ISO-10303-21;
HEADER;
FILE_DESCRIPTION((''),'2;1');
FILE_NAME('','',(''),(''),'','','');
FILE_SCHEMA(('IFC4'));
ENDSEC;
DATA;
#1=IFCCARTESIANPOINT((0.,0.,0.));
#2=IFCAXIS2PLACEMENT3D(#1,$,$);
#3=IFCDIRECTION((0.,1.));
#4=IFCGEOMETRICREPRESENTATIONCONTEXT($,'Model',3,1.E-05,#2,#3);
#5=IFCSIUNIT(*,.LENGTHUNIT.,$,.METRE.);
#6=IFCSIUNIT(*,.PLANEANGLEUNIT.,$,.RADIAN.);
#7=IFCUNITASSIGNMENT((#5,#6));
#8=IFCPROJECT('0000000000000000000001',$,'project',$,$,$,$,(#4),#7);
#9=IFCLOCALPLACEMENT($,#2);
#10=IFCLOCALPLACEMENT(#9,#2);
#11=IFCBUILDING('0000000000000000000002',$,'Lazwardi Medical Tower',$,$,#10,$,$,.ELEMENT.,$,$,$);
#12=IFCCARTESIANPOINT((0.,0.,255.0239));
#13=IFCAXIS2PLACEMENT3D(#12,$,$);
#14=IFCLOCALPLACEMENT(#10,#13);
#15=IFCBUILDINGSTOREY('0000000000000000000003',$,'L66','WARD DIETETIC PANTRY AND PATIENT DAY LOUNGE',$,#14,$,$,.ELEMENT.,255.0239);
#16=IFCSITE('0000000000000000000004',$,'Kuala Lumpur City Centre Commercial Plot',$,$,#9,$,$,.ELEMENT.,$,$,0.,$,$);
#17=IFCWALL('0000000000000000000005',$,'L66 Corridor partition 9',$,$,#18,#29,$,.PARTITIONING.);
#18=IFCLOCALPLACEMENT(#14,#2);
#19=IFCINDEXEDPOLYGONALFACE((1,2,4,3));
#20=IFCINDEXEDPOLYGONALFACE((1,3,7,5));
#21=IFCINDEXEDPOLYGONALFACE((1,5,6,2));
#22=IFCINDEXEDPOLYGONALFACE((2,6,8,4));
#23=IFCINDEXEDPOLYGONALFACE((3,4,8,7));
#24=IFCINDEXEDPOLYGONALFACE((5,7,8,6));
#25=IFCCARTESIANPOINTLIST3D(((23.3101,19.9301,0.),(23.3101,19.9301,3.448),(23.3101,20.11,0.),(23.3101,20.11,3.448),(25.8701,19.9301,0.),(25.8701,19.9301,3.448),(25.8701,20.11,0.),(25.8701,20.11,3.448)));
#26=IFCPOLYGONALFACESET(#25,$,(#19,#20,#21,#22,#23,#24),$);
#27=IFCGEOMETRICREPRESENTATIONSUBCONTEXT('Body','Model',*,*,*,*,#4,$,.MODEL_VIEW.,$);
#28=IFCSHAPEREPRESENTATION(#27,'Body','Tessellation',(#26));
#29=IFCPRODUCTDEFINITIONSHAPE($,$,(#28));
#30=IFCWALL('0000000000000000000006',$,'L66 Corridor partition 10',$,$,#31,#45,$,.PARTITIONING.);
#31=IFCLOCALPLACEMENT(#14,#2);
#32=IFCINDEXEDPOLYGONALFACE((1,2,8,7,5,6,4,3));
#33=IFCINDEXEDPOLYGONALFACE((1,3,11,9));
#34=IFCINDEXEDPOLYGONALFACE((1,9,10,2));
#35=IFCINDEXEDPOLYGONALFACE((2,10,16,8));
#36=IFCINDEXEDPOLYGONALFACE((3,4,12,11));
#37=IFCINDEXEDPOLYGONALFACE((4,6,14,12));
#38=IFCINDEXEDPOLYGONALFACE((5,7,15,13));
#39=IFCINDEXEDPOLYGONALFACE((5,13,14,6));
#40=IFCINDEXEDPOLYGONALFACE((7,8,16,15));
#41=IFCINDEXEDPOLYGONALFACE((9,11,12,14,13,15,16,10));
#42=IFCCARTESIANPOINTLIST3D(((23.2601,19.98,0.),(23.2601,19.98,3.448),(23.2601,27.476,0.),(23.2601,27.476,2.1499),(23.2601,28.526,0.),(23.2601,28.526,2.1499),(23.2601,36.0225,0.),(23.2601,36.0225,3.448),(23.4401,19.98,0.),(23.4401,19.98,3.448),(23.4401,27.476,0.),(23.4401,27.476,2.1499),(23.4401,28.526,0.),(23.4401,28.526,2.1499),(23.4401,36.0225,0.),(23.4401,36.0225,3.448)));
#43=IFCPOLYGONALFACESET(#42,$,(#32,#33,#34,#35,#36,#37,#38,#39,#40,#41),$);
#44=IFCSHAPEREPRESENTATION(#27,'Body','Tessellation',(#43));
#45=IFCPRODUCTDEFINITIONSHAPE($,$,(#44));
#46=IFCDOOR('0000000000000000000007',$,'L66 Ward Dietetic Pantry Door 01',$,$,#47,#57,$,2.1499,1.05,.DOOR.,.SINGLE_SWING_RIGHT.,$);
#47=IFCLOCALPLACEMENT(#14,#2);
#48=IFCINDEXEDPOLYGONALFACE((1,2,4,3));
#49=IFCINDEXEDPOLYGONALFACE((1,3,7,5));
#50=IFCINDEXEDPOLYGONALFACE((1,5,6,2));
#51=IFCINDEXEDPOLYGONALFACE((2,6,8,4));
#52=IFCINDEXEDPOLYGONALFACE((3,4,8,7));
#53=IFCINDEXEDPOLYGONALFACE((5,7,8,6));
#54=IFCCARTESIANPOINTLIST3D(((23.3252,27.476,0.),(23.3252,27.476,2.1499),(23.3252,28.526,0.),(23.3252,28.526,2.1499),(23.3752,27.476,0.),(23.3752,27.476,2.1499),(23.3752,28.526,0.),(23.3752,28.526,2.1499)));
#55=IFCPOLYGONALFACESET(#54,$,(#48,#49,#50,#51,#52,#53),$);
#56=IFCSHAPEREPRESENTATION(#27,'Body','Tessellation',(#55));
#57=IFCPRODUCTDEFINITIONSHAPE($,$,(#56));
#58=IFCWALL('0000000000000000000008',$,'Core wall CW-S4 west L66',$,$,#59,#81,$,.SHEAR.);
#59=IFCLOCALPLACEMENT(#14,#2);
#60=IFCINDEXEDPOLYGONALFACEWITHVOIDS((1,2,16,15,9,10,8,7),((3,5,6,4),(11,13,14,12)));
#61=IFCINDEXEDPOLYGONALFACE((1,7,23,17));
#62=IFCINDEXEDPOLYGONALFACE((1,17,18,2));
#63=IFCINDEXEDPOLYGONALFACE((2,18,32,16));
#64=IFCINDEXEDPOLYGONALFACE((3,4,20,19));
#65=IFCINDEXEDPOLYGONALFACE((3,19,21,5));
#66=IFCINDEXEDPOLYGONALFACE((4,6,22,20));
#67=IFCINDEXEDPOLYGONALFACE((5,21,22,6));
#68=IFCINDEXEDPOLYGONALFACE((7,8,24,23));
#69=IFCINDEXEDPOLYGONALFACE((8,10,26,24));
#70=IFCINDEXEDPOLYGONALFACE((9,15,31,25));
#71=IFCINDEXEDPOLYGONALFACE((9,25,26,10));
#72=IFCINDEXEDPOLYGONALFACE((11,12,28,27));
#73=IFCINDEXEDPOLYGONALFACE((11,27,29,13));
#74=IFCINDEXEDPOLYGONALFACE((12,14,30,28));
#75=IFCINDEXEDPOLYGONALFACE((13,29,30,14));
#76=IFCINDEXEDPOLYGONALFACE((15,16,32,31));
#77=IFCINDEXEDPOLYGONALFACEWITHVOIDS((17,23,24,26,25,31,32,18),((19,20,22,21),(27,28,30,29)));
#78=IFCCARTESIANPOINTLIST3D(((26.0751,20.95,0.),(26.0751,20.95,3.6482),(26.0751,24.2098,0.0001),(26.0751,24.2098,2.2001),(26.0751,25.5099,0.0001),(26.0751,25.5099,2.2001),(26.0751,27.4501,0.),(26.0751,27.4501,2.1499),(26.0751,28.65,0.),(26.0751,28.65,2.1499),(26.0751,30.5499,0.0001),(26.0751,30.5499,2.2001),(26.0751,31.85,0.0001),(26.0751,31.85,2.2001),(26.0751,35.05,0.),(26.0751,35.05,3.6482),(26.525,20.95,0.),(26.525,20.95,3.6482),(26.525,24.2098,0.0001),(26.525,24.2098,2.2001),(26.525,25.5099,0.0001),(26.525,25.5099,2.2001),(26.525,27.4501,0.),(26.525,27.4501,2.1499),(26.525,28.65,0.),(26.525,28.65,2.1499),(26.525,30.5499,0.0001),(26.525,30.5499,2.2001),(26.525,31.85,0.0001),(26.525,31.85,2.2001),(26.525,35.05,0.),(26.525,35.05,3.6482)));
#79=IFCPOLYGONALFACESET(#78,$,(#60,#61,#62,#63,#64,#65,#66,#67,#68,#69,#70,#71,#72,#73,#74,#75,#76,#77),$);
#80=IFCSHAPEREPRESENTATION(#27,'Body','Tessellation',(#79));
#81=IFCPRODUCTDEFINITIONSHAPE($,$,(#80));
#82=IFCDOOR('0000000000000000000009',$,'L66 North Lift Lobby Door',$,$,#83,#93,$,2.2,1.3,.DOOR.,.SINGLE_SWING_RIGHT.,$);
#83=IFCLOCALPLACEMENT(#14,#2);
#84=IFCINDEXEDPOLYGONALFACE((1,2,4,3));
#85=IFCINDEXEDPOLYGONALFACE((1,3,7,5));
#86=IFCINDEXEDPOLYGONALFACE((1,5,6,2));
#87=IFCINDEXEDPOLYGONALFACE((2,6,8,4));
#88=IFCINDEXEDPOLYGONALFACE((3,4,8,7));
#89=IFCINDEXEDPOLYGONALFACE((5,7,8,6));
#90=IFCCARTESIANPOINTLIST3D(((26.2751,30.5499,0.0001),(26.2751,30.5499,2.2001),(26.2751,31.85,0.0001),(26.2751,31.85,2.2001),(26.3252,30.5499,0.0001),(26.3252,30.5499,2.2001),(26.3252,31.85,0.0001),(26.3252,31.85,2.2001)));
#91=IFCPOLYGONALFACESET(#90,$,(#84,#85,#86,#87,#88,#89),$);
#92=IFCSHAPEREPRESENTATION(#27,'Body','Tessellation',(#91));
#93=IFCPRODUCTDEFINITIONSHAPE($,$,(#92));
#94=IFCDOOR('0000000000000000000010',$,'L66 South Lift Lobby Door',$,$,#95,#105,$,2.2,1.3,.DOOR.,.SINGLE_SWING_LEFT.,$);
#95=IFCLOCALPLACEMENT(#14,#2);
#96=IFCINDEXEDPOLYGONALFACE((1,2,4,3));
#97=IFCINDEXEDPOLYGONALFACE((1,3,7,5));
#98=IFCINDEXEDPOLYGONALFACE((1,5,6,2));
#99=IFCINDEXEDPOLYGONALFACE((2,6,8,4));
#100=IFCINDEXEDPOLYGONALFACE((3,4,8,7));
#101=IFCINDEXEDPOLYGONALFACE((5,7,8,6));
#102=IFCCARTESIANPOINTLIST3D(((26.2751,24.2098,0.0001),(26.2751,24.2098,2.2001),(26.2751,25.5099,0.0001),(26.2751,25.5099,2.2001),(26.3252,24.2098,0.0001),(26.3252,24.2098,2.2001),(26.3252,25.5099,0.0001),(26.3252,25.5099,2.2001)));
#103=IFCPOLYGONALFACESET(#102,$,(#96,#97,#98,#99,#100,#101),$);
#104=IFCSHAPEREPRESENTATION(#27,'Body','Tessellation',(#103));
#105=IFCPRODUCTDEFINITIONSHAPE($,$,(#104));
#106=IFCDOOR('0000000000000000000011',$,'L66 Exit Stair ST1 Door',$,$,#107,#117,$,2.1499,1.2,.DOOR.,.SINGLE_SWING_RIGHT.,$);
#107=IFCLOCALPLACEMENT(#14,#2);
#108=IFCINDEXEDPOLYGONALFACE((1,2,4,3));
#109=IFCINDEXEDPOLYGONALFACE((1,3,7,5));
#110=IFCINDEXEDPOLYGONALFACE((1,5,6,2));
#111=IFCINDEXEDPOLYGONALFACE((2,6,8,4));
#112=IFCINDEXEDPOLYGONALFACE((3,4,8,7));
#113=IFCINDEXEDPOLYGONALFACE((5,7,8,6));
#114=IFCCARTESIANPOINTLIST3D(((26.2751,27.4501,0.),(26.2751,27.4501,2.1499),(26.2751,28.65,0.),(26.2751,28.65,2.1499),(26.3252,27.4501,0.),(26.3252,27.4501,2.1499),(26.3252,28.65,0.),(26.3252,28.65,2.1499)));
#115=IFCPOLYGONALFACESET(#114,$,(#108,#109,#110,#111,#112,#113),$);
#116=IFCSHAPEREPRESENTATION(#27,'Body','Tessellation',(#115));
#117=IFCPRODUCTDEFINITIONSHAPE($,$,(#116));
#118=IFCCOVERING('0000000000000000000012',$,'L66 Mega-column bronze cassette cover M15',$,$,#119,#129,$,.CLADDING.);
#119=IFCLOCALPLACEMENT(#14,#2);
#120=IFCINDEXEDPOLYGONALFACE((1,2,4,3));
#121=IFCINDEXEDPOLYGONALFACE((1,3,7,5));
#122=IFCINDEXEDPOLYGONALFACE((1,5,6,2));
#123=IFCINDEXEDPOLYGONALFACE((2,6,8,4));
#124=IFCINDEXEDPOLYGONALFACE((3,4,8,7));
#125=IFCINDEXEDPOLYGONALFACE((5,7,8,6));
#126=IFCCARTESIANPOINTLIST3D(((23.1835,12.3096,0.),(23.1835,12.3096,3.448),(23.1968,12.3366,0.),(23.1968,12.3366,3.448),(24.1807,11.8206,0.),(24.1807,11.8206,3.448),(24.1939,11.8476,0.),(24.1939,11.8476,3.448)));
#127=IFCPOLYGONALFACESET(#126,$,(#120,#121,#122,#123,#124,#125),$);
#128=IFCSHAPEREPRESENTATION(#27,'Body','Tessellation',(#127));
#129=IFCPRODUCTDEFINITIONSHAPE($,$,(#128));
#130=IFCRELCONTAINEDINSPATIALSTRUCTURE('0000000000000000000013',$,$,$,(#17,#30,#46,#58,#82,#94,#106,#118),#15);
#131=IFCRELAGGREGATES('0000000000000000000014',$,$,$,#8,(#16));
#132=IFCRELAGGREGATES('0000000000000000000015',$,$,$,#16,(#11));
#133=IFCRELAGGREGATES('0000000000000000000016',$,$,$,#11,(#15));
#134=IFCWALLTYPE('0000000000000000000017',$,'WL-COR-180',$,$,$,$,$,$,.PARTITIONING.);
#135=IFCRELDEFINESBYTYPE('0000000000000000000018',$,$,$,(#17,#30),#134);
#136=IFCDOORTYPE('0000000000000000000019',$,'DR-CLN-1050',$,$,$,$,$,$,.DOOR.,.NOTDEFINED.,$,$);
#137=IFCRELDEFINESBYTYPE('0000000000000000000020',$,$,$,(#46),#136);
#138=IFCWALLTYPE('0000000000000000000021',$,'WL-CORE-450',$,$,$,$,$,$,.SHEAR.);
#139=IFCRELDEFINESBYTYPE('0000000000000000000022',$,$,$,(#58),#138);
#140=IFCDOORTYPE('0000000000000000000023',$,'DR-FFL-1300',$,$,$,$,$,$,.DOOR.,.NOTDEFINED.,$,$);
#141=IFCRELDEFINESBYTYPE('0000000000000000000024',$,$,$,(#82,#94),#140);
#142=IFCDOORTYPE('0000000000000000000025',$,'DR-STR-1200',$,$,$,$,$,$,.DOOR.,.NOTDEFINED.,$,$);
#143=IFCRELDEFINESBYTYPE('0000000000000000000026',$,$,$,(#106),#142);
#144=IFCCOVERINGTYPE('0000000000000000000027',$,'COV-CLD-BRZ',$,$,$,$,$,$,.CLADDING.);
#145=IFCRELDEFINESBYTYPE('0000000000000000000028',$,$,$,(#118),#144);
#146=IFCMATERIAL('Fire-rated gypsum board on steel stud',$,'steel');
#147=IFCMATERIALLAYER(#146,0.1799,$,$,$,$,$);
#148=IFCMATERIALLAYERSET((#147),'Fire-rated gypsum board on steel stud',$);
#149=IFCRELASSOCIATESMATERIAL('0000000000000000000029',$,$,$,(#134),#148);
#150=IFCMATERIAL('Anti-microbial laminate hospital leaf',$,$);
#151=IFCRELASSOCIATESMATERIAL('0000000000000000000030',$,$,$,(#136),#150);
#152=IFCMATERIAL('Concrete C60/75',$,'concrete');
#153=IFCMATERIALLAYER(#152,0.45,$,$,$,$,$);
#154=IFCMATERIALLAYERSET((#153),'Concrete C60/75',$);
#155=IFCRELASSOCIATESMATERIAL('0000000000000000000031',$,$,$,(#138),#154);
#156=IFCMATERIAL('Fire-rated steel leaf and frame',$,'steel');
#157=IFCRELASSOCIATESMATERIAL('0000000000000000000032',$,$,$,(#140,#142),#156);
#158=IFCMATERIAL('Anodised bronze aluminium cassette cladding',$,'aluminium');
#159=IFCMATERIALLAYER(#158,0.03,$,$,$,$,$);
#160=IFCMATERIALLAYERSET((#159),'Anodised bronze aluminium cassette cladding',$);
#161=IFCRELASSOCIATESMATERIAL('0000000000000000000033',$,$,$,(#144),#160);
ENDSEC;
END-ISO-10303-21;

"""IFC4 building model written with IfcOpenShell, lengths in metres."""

from ifc_helpers import new_model, si_unit, direction, frame, frame_2d, origin, origin_2d, place, context, subcontext, project, spatial, rectangle, extrude, material, layer, layer_set, type_object, element, fill, save


model = new_model("IFC4")

# Units and contexts
model_context = context("Model", 3, precision=1e-05, world=origin(), true_north=direction((0.0, 1.0)))
body_context = subcontext(model_context, "Body", "Model", "MODEL_VIEW")
ifc_project = project(units=[si_unit("LENGTHUNIT", "METRE"), si_unit("PLANEANGLEUNIT", "RADIAN")], contexts=[model_context])

# Site, building, storey
site_placement = place(None, origin())
site = spatial("IfcSite", under=ifc_project, at=site_placement, Name="Kuala Lumpur City Centre Commercial Plot", CompositionType="ELEMENT", RefElevation=0.0)
building_placement = place(site_placement, origin())
building = spatial("IfcBuilding", under=site, at=building_placement, Name="Lazwardi Medical Tower", CompositionType="ELEMENT")
storey_placement = place(building_placement, frame((0.0, 0.0, 255.0239)))
storey = spatial("IfcBuildingStorey", under=building, at=storey_placement, Name="L66", Description="WARD DIETETIC PANTRY AND PATIENT DAY LOUNGE", CompositionType="ELEMENT", Elevation=255.0239)

# Shared definitions
ifc_material_1 = material(Name="Concrete C60/75", Category="concrete")

# Wall
ifc_material_2 = material(Name="Fire-rated gypsum board on steel stud", Category="steel")
ifc_layer_1 = layer(ifc_material_2, 0.1799)
ifc_layer_set_1 = layer_set([ifc_layer_1], Name="Fire-rated gypsum board on steel stud")
wall_type_1 = type_object("IfcWallType", Name="WL-COR-180", PredefinedType="PARTITIONING", material=ifc_layer_set_1)
wall_1_placement = place(storey_placement, frame((25.8701, 20.02, 0.0), z_axis=(0.0, 0.0, 1.0), x_axis=(-1.0, 0.0, 0.0)))
element("IfcWall", 1, at=wall_1_placement, inside=storey, type_object=wall_type_1, Name="L66 Corridor partition 9", PredefinedType="PARTITIONING", context=body_context, shape_type="SweptSolid", body=[
    extrude(rectangle(XDim=2.5601, YDim=0.1799, at=frame_2d((1.28, 0.0))), origin(), (0.0, 0.0, 1.0), 3.448),
])

# Wall, opening, door
wall_2_placement = place(storey_placement, frame((23.3501, 19.98, 0.0), z_axis=(0.0, 0.0, 1.0), x_axis=(0.0, 1.0, 0.0)))
wall_2 = element("IfcWall", 2, at=wall_2_placement, inside=storey, type_object=wall_type_1, Name="L66 Corridor partition 10", PredefinedType="PARTITIONING", context=body_context, shape_type="SweptSolid", body=[
    extrude(rectangle(XDim=16.0425, YDim=0.1799, at=frame_2d((8.0212, 0.0))), origin(), (0.0, 0.0, 1.0), 3.448),
])
opening_1_placement = place(wall_2_placement, frame((7.4961, 0.0, 0.0)))
opening_1 = element("IfcOpeningElement", 3, at=opening_1_placement, cuts=wall_2, PredefinedType="OPENING", context=body_context, shape_type="SweptSolid", body=[
    extrude(rectangle(XDim=1.05, YDim=2.1499, at=frame_2d((0.5249, 1.075))), frame((0.0, 0.0999, 0.0), z_axis=(0.0, -1.0, 0.0), x_axis=(1.0, 0.0, 0.0)), (0.0, 0.0, 1.0), 0.2),
])
ifc_material_3 = material(Name="Anti-microbial laminate hospital leaf")
door_type_1 = type_object("IfcDoorType", Name="DR-CLN-1050", OperationType="NOTDEFINED", PredefinedType="DOOR", material=ifc_material_3)
door_1_placement = place(opening_1_placement, origin())
door_1 = element("IfcDoor", 4, at=door_1_placement, inside=storey, type_object=door_type_1, Name="L66 Ward Dietetic Pantry Door 01", OperationType="SINGLE_SWING_RIGHT", OverallHeight=2.1499, OverallWidth=1.05, PredefinedType="DOOR", context=body_context, shape_type="SweptSolid", body=[
    extrude(rectangle(XDim=1.05, YDim=2.1499, at=frame_2d((0.5249, 1.075))), frame((0.0, 0.0249, 0.0), z_axis=(0.0, -1.0, 0.0), x_axis=(1.0, 0.0, 0.0)), (0.0, 0.0, 1.0), 0.05),
])
fill(opening_1, door_1)

# Wall, openings, doors
ifc_layer_2 = layer(ifc_material_1, 0.45)
ifc_layer_set_2 = layer_set([ifc_layer_2], Name="Concrete C60/75")
wall_type_2 = type_object("IfcWallType", Name="WL-CORE-450", PredefinedType="SHEAR", material=ifc_layer_set_2)
wall_3_placement = place(storey_placement, frame((26.3, 20.95, 0.0), z_axis=(0.0, 0.0, 1.0), x_axis=(0.0, 1.0, 0.0)))
wall_3 = element("IfcWall", 5, at=wall_3_placement, inside=storey, type_object=wall_type_2, Name="Core wall CW-S4 west L66", PredefinedType="SHEAR", context=body_context, shape_type="SweptSolid", body=[
    extrude(rectangle(XDim=14.1001, YDim=0.45, at=frame_2d((7.05, 0.0))), origin(), (0.0, 0.0, 1.0), 3.6482),
])
opening_2_placement = place(wall_3_placement, frame((6.5, 0.0, 0.0)))
opening_2 = element("IfcOpeningElement", 6, at=opening_2_placement, cuts=wall_3, PredefinedType="OPENING", context=body_context, shape_type="SweptSolid", body=[
    extrude(rectangle(XDim=1.2, YDim=2.1499, at=frame_2d((0.6001, 1.075))), frame((0.0, 0.2349, 0.0), z_axis=(0.0, -1.0, 0.0), x_axis=(1.0, 0.0, 0.0)), (0.0, 0.0, 1.0), 0.47),
])
opening_3_placement = place(wall_3_placement, frame((9.6001, 0.0, 0.0)))
opening_3 = element("IfcOpeningElement", 7, at=opening_3_placement, cuts=wall_3, PredefinedType="OPENING", context=body_context, shape_type="SweptSolid", body=[
    extrude(rectangle(XDim=1.3, YDim=2.2, at=frame_2d((0.6499, 1.1001))), frame((0.0, 0.2349, 0.0), z_axis=(0.0, -1.0, 0.0), x_axis=(1.0, 0.0, 0.0)), (0.0, 0.0, 1.0), 0.47),
])
opening_4_placement = place(wall_3_placement, frame((3.26, 0.0, 0.0)))
opening_4 = element("IfcOpeningElement", 8, at=opening_4_placement, cuts=wall_3, PredefinedType="OPENING", context=body_context, shape_type="SweptSolid", body=[
    extrude(rectangle(XDim=1.3, YDim=2.2, at=frame_2d((0.6499, 1.1001))), frame((0.0, 0.2349, 0.0), z_axis=(0.0, -1.0, 0.0), x_axis=(1.0, 0.0, 0.0)), (0.0, 0.0, 1.0), 0.47),
])
ifc_material_4 = material(Name="Fire-rated steel leaf and frame", Category="steel")
door_type_2 = type_object("IfcDoorType", Name="DR-FFL-1300", OperationType="NOTDEFINED", PredefinedType="DOOR", material=ifc_material_4)
door_2_placement = place(opening_3_placement, origin())
door_2 = element("IfcDoor", 9, at=door_2_placement, inside=storey, type_object=door_type_2, Name="L66 North Lift Lobby Door", OperationType="SINGLE_SWING_RIGHT", OverallHeight=2.2, OverallWidth=1.3, PredefinedType="DOOR", context=body_context, shape_type="SweptSolid", body=[
    extrude(rectangle(XDim=1.3, YDim=2.2, at=frame_2d((0.6499, 1.1001))), frame((0.0, 0.0249, 0.0), z_axis=(0.0, -1.0, 0.0), x_axis=(1.0, 0.0, 0.0)), (0.0, 0.0, 1.0), 0.05),
])
fill(opening_3, door_2)
door_3_placement = place(opening_4_placement, origin())
door_3 = element("IfcDoor", 10, at=door_3_placement, inside=storey, type_object=door_type_2, Name="L66 South Lift Lobby Door", OperationType="SINGLE_SWING_LEFT", OverallHeight=2.2, OverallWidth=1.3, PredefinedType="DOOR", context=body_context, shape_type="SweptSolid", body=[
    extrude(rectangle(XDim=1.3, YDim=2.2, at=frame_2d((0.6499, 1.1001))), frame((0.0, 0.0249, 0.0), z_axis=(0.0, -1.0, 0.0), x_axis=(1.0, 0.0, 0.0)), (0.0, 0.0, 1.0), 0.05),
])
fill(opening_4, door_3)
door_type_3 = type_object("IfcDoorType", Name="DR-STR-1200", OperationType="NOTDEFINED", PredefinedType="DOOR", material=ifc_material_4)
door_4_placement = place(opening_2_placement, origin())
door_4 = element("IfcDoor", 11, at=door_4_placement, inside=storey, type_object=door_type_3, Name="L66 Exit Stair ST1 Door", OperationType="SINGLE_SWING_RIGHT", OverallHeight=2.1499, OverallWidth=1.2, PredefinedType="DOOR", context=body_context, shape_type="SweptSolid", body=[
    extrude(rectangle(XDim=1.2, YDim=2.1499, at=frame_2d((0.6001, 1.075))), frame((0.0, 0.0249, 0.0), z_axis=(0.0, -1.0, 0.0), x_axis=(1.0, 0.0, 0.0)), (0.0, 0.0, 1.0), 0.05),
])
fill(opening_2, door_4)

# Covering
ifc_material_5 = material(Name="Anodised bronze aluminium cassette cladding", Category="aluminium")
ifc_layer_3 = layer(ifc_material_5, 0.03)
ifc_layer_set_3 = layer_set([ifc_layer_3], Name="Anodised bronze aluminium cassette cladding")
covering_type = type_object("IfcCoveringType", Name="COV-CLD-BRZ", PredefinedType="CLADDING", material=ifc_layer_set_3)
covering_placement = place(storey_placement, frame((23.6887, 12.0786, 0.0), z_axis=(0.0, 0.0, 1.0), x_axis=(0.89784, -0.440322, 0.0)))
element("IfcCovering", 12, at=covering_placement, inside=storey, type_object=covering_type, Name="L66 Mega-column bronze cassette cover M15", PredefinedType="CLADDING", context=body_context, shape_type="SweptSolid", body=[
    extrude(rectangle(XDim=1.1106, YDim=0.03, at=origin_2d()), origin(), (0.0, 0.0, 1.0), 3.448),
])

save(model, "model.ifc")
